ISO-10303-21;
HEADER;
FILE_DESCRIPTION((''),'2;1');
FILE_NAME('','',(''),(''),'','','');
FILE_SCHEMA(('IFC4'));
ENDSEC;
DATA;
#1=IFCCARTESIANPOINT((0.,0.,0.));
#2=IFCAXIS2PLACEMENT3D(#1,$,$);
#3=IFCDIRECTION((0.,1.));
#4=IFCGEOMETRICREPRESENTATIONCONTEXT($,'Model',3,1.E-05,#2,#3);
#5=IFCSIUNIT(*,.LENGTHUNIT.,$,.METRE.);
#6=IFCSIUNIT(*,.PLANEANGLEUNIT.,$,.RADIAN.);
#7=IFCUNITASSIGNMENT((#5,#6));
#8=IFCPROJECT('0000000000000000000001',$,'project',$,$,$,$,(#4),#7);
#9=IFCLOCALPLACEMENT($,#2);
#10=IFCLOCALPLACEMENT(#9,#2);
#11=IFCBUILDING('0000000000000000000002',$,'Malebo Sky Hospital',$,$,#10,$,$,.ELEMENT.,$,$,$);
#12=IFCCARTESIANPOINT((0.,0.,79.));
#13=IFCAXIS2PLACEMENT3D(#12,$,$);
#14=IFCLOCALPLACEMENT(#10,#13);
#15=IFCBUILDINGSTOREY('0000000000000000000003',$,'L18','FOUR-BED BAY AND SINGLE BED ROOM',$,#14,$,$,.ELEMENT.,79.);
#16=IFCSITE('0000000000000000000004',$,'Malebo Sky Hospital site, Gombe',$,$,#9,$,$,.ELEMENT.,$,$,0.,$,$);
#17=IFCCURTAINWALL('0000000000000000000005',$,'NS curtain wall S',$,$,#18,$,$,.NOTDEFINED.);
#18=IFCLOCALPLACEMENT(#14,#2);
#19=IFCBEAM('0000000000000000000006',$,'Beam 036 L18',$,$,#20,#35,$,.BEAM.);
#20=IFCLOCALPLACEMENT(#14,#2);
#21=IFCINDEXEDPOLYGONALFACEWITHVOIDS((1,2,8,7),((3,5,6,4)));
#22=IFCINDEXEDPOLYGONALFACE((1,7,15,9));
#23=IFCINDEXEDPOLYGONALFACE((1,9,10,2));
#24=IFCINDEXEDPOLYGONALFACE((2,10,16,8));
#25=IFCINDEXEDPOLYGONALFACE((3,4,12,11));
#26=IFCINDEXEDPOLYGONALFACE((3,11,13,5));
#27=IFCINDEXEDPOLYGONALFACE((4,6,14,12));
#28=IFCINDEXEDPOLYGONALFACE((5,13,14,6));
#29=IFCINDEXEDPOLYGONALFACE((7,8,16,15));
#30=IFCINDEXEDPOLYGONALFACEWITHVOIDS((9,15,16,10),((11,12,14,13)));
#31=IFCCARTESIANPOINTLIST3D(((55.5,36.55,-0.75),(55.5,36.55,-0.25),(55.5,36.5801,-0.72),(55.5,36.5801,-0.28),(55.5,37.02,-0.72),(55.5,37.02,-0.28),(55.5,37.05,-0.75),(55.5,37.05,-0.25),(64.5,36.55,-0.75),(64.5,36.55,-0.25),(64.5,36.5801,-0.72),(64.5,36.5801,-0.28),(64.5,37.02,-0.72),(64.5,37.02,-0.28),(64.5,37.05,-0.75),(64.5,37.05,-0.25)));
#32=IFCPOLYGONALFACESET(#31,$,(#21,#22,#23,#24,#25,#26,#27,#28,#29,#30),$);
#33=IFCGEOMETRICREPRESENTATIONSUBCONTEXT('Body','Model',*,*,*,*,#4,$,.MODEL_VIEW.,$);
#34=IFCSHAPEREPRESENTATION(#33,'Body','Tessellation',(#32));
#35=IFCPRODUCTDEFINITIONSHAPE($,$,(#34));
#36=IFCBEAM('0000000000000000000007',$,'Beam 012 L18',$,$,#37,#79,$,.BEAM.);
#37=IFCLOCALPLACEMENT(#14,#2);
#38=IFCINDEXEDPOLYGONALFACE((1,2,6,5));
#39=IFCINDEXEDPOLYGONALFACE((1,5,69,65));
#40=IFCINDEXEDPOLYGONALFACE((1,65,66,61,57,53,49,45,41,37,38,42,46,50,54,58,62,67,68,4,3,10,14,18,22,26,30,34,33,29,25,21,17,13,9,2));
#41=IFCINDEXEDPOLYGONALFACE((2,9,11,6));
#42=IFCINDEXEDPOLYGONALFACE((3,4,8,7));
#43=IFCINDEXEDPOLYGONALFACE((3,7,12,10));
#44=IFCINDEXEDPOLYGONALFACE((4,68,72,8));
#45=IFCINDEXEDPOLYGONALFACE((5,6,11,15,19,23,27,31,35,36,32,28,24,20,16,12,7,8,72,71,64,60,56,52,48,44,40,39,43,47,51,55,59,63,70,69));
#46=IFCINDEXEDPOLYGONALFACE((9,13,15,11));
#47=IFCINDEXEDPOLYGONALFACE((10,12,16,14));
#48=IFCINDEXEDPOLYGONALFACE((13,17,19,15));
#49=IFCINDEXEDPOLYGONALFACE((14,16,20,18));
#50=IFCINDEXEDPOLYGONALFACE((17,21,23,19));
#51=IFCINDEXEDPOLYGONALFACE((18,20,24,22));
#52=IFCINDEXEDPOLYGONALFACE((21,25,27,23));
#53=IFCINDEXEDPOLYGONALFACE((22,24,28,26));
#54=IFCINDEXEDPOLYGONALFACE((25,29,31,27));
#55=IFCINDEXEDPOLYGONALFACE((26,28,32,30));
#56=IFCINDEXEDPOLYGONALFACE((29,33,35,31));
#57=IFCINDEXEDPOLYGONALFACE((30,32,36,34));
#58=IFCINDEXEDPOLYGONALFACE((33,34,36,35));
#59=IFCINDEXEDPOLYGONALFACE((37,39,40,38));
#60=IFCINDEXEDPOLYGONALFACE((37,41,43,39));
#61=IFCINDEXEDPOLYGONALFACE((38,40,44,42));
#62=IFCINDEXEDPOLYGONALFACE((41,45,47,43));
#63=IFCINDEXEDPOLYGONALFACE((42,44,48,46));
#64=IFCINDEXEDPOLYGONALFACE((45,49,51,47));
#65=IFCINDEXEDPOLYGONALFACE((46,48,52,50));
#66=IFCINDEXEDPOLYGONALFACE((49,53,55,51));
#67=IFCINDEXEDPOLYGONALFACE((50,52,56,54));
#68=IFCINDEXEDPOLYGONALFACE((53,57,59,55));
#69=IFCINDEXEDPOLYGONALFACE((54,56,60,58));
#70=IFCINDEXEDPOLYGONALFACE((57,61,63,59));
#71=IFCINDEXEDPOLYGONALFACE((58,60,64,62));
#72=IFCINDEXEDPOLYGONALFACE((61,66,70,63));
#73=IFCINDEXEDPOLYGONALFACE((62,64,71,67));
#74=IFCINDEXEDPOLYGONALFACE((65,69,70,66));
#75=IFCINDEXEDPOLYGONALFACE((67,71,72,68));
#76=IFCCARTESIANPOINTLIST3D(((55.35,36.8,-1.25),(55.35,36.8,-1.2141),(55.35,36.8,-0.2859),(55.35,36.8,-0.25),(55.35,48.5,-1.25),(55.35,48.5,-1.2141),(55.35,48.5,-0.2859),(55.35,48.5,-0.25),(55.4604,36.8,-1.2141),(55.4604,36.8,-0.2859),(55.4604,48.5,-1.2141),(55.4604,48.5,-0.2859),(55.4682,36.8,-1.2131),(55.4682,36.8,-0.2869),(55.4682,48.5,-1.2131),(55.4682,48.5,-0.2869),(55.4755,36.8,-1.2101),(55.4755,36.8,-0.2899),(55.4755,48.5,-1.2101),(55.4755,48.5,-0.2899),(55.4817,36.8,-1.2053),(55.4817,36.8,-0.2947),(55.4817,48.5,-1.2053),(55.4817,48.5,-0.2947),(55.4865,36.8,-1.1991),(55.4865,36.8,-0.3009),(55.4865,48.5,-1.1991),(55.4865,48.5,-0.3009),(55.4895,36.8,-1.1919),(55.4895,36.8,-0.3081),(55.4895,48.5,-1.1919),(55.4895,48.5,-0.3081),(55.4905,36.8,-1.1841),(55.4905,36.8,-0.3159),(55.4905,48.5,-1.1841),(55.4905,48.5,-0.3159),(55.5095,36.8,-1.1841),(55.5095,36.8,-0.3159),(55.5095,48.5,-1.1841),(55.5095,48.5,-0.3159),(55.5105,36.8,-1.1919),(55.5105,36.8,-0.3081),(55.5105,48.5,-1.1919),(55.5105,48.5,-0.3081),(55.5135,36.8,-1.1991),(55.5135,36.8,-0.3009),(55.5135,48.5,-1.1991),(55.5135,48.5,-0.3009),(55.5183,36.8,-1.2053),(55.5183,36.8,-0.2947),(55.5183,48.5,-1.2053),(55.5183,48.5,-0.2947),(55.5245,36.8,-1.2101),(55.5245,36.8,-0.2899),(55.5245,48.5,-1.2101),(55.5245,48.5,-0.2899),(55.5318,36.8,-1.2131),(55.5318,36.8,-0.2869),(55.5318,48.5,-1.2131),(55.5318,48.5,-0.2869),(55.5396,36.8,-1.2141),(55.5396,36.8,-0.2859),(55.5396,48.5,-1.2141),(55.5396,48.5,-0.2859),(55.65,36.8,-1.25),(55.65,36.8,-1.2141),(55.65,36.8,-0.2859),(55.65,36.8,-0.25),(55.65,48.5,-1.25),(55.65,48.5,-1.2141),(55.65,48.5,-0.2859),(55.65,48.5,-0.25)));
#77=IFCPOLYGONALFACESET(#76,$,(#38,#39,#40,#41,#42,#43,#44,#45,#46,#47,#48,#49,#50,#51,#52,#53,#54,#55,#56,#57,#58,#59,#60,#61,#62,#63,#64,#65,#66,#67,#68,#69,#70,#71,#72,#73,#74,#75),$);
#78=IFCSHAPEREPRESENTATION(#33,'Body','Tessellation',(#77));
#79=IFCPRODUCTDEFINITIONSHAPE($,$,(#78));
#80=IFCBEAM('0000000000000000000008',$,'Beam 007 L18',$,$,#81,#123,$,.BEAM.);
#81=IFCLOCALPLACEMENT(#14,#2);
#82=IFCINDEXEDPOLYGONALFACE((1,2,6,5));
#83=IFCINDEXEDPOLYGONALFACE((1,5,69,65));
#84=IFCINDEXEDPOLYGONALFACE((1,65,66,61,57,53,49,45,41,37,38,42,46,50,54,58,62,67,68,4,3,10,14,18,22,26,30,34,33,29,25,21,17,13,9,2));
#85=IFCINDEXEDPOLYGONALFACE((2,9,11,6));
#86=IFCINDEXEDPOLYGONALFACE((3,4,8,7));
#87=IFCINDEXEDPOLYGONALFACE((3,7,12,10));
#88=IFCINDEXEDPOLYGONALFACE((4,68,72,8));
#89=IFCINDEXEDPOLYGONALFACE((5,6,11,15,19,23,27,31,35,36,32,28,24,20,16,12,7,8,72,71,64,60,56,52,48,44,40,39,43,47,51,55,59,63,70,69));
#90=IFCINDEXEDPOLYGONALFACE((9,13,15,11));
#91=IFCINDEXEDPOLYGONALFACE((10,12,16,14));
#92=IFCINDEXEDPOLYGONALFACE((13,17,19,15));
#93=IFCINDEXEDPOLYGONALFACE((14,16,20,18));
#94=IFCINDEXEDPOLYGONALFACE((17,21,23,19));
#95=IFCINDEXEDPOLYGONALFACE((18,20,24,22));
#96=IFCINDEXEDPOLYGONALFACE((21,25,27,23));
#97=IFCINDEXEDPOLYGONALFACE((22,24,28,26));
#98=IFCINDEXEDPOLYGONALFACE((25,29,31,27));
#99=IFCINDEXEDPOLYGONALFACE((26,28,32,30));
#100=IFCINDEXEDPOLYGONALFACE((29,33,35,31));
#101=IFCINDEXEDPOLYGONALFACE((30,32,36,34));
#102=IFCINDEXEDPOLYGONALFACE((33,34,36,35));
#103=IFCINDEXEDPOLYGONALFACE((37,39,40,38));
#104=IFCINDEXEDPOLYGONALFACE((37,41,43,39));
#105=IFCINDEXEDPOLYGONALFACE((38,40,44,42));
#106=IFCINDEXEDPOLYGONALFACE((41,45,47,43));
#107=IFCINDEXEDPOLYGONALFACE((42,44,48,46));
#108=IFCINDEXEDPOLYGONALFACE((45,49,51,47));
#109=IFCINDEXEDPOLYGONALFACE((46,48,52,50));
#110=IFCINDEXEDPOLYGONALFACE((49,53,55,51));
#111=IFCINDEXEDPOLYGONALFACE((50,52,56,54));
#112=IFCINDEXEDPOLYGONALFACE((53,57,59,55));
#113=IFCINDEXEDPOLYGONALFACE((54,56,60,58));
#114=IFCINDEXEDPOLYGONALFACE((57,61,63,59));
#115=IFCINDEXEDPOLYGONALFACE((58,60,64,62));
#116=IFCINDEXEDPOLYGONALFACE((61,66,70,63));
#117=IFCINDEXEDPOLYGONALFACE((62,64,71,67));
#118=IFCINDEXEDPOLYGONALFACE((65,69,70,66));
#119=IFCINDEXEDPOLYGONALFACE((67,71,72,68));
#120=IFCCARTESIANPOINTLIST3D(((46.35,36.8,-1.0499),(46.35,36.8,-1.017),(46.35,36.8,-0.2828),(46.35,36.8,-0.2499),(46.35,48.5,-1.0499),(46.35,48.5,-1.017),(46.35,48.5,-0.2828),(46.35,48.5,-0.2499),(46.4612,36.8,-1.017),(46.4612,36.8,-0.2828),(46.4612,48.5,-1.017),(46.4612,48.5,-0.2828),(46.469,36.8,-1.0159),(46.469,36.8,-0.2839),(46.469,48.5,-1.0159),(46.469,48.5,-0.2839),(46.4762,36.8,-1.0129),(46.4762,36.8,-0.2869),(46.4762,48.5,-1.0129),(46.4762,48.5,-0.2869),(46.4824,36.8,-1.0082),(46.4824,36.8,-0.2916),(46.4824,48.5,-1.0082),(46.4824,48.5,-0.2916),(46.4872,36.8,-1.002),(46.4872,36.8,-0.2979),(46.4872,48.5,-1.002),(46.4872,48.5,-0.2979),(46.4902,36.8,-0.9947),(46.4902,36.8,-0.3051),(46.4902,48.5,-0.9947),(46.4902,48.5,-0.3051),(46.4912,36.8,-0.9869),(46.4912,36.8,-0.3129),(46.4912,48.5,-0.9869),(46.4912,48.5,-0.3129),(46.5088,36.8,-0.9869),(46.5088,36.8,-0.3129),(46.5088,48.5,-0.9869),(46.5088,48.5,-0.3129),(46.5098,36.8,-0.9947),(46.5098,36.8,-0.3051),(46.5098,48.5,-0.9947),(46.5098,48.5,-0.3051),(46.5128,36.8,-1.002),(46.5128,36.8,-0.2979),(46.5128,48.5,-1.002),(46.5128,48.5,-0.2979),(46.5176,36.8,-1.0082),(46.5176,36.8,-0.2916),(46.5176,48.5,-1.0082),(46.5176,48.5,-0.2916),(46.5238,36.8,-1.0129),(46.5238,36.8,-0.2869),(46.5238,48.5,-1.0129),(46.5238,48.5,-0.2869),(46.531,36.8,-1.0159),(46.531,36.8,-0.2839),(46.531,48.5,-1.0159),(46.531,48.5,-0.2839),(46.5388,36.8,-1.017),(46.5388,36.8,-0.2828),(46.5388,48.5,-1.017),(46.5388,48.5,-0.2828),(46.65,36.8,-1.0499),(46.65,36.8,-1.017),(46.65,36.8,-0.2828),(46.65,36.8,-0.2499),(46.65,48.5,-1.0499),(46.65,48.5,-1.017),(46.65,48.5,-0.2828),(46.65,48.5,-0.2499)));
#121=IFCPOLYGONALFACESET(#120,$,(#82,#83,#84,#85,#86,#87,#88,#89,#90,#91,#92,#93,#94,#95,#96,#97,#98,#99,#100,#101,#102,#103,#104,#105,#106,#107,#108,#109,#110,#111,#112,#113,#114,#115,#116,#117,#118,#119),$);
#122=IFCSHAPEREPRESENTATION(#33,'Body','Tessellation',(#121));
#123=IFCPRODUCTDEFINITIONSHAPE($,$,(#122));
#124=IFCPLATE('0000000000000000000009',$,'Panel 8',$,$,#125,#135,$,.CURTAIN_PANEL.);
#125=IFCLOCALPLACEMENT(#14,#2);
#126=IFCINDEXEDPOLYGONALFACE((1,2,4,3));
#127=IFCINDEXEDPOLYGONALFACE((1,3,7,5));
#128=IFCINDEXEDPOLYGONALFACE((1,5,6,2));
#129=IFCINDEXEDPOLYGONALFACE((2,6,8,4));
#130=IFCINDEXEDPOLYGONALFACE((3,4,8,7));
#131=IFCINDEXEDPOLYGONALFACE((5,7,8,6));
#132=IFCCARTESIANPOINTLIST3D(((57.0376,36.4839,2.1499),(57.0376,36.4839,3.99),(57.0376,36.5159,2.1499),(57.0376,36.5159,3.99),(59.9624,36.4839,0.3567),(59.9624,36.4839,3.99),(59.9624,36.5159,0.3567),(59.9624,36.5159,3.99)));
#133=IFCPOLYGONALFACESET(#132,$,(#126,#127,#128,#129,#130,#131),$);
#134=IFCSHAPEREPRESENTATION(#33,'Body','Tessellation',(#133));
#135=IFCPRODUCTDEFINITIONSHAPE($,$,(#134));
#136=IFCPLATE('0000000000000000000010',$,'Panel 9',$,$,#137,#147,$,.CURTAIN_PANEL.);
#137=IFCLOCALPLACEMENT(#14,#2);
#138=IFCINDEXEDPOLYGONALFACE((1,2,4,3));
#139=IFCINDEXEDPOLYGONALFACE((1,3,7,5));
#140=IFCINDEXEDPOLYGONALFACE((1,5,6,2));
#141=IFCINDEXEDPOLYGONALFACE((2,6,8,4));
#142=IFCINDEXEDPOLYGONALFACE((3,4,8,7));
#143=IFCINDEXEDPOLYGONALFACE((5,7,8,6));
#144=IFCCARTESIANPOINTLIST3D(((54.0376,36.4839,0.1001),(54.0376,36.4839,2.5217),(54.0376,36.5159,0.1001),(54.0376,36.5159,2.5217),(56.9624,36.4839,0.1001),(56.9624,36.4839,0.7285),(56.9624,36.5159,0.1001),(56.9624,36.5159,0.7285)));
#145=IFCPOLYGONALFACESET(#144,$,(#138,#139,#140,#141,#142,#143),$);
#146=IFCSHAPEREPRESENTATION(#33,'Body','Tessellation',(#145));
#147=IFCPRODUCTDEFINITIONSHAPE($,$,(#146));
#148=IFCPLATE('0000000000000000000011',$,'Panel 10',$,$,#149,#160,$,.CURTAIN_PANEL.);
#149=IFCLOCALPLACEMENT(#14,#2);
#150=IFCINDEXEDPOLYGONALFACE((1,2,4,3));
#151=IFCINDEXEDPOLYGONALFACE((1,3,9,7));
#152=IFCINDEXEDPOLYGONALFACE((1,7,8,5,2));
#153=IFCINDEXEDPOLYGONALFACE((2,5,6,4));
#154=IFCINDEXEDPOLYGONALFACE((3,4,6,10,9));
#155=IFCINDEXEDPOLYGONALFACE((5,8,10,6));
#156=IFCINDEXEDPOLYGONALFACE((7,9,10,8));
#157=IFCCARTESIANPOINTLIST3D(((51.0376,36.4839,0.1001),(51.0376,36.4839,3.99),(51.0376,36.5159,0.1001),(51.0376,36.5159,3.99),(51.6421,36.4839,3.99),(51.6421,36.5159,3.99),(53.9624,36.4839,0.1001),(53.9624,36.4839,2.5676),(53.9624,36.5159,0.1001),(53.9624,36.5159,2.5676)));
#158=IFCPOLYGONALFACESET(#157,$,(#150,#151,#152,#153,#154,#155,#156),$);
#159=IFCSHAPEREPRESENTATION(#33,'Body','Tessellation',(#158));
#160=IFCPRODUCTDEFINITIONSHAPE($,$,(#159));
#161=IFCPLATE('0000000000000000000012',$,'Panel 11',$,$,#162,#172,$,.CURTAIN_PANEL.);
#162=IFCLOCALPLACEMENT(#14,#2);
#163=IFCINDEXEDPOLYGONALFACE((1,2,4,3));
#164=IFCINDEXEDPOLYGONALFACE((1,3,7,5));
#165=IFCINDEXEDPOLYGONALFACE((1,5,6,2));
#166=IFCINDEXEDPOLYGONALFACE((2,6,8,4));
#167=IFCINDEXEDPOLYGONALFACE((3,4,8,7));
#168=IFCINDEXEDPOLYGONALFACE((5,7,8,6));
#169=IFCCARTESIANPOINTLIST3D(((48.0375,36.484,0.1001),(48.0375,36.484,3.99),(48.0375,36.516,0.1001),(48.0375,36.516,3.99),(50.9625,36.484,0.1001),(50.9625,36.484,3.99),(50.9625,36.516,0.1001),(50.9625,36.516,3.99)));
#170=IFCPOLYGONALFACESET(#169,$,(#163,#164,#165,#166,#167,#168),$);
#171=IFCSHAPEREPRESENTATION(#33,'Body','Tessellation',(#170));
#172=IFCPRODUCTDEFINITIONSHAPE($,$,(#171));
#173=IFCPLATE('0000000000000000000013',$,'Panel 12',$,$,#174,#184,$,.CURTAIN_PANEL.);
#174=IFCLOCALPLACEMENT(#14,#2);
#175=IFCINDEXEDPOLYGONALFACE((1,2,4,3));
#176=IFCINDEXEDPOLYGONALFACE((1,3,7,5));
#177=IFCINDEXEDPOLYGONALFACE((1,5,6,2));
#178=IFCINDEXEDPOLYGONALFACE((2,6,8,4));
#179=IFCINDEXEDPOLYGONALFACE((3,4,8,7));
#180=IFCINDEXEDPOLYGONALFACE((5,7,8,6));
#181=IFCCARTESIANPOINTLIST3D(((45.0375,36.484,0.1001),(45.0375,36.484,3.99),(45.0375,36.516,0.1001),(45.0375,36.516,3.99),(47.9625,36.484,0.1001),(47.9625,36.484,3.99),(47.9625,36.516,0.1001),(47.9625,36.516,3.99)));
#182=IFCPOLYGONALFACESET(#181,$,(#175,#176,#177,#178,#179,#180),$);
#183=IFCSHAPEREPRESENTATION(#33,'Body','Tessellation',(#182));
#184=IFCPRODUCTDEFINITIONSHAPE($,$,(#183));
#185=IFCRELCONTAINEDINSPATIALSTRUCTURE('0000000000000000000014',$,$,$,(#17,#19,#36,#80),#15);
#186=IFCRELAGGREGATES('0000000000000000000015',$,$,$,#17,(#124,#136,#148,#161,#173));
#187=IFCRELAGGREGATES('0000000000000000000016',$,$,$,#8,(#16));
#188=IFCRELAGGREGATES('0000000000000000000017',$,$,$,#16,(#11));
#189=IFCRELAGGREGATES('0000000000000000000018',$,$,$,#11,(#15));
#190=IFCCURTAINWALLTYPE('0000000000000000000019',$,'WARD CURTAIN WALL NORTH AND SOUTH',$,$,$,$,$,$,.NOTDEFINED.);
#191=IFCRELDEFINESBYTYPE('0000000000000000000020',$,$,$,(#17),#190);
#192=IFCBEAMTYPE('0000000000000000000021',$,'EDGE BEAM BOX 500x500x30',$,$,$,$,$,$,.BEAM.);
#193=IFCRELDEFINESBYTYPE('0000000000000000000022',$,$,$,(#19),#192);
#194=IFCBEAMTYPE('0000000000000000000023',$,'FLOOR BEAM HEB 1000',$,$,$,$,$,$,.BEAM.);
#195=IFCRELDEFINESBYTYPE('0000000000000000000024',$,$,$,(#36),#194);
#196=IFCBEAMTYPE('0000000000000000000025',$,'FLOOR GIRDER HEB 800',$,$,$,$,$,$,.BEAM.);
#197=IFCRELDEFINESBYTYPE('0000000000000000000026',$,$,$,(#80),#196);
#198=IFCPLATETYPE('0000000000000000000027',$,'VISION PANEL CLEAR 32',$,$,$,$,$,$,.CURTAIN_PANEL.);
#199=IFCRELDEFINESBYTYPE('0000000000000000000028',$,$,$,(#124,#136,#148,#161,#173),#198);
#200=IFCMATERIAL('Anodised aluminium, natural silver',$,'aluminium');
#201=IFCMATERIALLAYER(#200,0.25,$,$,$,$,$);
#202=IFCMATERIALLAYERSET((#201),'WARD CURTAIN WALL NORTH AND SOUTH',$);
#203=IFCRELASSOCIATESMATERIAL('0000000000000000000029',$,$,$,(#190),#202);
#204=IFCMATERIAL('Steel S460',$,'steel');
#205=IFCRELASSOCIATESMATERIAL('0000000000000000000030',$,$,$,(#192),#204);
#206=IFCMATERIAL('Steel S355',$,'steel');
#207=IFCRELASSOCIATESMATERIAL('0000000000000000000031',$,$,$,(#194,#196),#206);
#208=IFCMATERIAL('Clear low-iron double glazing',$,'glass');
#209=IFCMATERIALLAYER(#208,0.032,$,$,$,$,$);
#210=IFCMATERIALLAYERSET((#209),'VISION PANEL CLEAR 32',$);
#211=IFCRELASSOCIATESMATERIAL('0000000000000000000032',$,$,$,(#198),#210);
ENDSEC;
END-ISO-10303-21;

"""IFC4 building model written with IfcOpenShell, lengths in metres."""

from ifc_helpers import new_model, si_unit, direction, frame, origin, origin_2d, place, context, subcontext, project, spatial, polyline, rectangle, hollow_rectangle, i_section, outline, extrude, material, layer, layer_set, material_profile, profile_set, type_object, element, aggregate, save


model = new_model("IFC4")

# Units and contexts
model_context = context("Model", 3, precision=1e-05, world=origin(), true_north=direction((0.0, 1.0)))
body_context = subcontext(model_context, "Body", "Model", "MODEL_VIEW")
ifc_project = project(units=[si_unit("LENGTHUNIT", "METRE"), si_unit("PLANEANGLEUNIT", "RADIAN")], contexts=[model_context])

# Site, building, storey
site_placement = place(None, origin())
site = spatial("IfcSite", under=ifc_project, at=site_placement, Name="Malebo Sky Hospital site, Gombe", CompositionType="ELEMENT", RefElevation=0.0)
building_placement = place(site_placement, origin())
building = spatial("IfcBuilding", under=site, at=building_placement, Name="Malebo Sky Hospital", CompositionType="ELEMENT")
storey_placement = place(building_placement, frame((0.0, 0.0, 79.0)))
storey = spatial("IfcBuildingStorey", under=building, at=storey_placement, Name="L18", Description="FOUR-BED BAY AND SINGLE BED ROOM", CompositionType="ELEMENT", Elevation=79.0)

# Shared definitions
ifc_material_1 = material(Name="Steel S460", Category="steel")

# Curtain wall
ifc_material_2 = material(Name="Anodised aluminium, natural silver", Category="aluminium")
ifc_layer_1 = layer(ifc_material_2, 0.25)
ifc_layer_set_1 = layer_set([ifc_layer_1], Name="WARD CURTAIN WALL NORTH AND SOUTH")
curtain_wall_type = type_object("IfcCurtainWallType", Name="WARD CURTAIN WALL NORTH AND SOUTH", PredefinedType="NOTDEFINED", material=ifc_layer_set_1)
curtain_wall_placement = place(storey_placement, origin())
curtain_wall = element("IfcCurtainWall", 1, at=curtain_wall_placement, inside=storey, type_object=curtain_wall_type, Name="NS curtain wall S", PredefinedType="NOTDEFINED")

# Beams
ifc_material_profile_1 = material_profile(ifc_material_1, hollow_rectangle(XDim=0.5, YDim=0.5, WallThickness=0.03, at=origin_2d()), Name="BOX 500x500x30")
ifc_profile_set_1 = profile_set([ifc_material_profile_1], Name="Steel S460")
beam_type_1 = type_object("IfcBeamType", Name="EDGE BEAM BOX 500x500x30", PredefinedType="BEAM", material=ifc_profile_set_1)
for number, where, z_axis, x_axis, name in (
    (2, (55.5, 36.8, -0.5), (1.0, 0.0, 0.0), (0.0, 1.0, 0.0), "Beam 036 L18"),
):
    element("IfcBeam", number, at=place(storey_placement, frame(where, z_axis=z_axis, x_axis=x_axis)), inside=storey, type_object=beam_type_1, Name=name, PredefinedType="BEAM", context=body_context, shape_type="SweptSolid", body=[
        extrude(hollow_rectangle(XDim=0.5, YDim=0.5, WallThickness=0.03, at=origin_2d()), origin(), (0.0, 0.0, 1.0), 9.0),
    ])
ifc_material_3 = material(Name="Steel S355", Category="steel")
ifc_material_profile_2 = material_profile(ifc_material_3, i_section(OverallWidth=0.3, OverallDepth=1.0, WebThickness=0.019, FlangeThickness=0.0359, FilletRadius=0.03, at=origin_2d()), Name="HEB 1000")
ifc_profile_set_2 = profile_set([ifc_material_profile_2], Name="Steel S355")
beam_type_2 = type_object("IfcBeamType", Name="FLOOR BEAM HEB 1000", PredefinedType="BEAM", material=ifc_profile_set_2)
beam_1_placement = place(storey_placement, frame((55.5, 36.8, -0.75), z_axis=(0.0, 1.0, 0.0), x_axis=(-1.0, 0.0, 0.0)))
element("IfcBeam", 3, at=beam_1_placement, inside=storey, type_object=beam_type_2, Name="Beam 012 L18", PredefinedType="BEAM", context=body_context, shape_type="SweptSolid", body=[
    extrude(i_section(OverallWidth=0.3, OverallDepth=1.0, WebThickness=0.019, FlangeThickness=0.0359, FilletRadius=0.03, at=origin_2d()), origin(), (0.0, 0.0, 1.0), 11.7),
])
ifc_material_profile_3 = material_profile(ifc_material_3, i_section(OverallWidth=0.3, OverallDepth=0.8, WebThickness=0.0176, FlangeThickness=0.033, FilletRadius=0.03, at=origin_2d()), Name="HEB 800")
ifc_profile_set_3 = profile_set([ifc_material_profile_3], Name="Steel S355")
beam_type_3 = type_object("IfcBeamType", Name="FLOOR GIRDER HEB 800", PredefinedType="BEAM", material=ifc_profile_set_3)
beam_2_placement = place(storey_placement, frame((46.5, 36.8, -0.6499), z_axis=(0.0, 1.0, 0.0), x_axis=(-1.0, 0.0, 0.0)))
element("IfcBeam", 4, at=beam_2_placement, inside=storey, type_object=beam_type_3, Name="Beam 007 L18", PredefinedType="BEAM", context=body_context, shape_type="SweptSolid", body=[
    extrude(i_section(OverallWidth=0.3, OverallDepth=0.8, WebThickness=0.0176, FlangeThickness=0.033, FilletRadius=0.03, at=origin_2d()), origin(), (0.0, 0.0, 1.0), 11.7),
])

# Plates
ifc_material_4 = material(Name="Clear low-iron double glazing", Category="glass")
ifc_layer_2 = layer(ifc_material_4, 0.032)
ifc_layer_set_2 = layer_set([ifc_layer_2], Name="VISION PANEL CLEAR 32")
plate_type = type_object("IfcPlateType", Name="VISION PANEL CLEAR 32", PredefinedType="CURTAIN_PANEL", material=ifc_layer_set_2)
plate_1_placement = place(storey_placement, frame((58.5, 36.5, 0.3567), z_axis=(0.0, 0.0, 1.0), x_axis=(-1.0, 0.0, 0.0)))
plate_1 = element("IfcPlate", 5, at=plate_1_placement, type_object=plate_type, Name="Panel 8", PredefinedType="CURTAIN_PANEL", context=body_context, shape_type="SweptSolid", body=[
    extrude(outline(polyline([(-1.4624, 0.0), (1.4624, 1.7932), (1.4624, 3.6333), (-1.4624, 3.6333), (-1.4624, 0.0)])), frame((0.0, 0.0161, 0.0), z_axis=(0.0, -1.0, 0.0), x_axis=(1.0, 0.0, 0.0)), (0.0, 0.0, 1.0), 0.032),
])
plate_2_placement = place(storey_placement, frame((55.5, 36.5, 0.1001), z_axis=(0.0, 0.0, 1.0), x_axis=(-1.0, 0.0, 0.0)))
plate_2 = element("IfcPlate", 6, at=plate_2_placement, type_object=plate_type, Name="Panel 9", PredefinedType="CURTAIN_PANEL", context=body_context, shape_type="SweptSolid", body=[
    extrude(outline(polyline([(-1.4624, 0.0), (1.4624, 0.0), (1.4624, 2.4216), (-1.4624, 0.6284), (-1.4624, 0.0)])), frame((0.0, 0.0161, 0.0), z_axis=(0.0, -1.0, 0.0), x_axis=(1.0, 0.0, 0.0)), (0.0, 0.0, 1.0), 0.032),
])
plate_3_placement = place(storey_placement, frame((52.5, 36.5, 0.1001), z_axis=(0.0, 0.0, 1.0), x_axis=(-1.0, 0.0, 0.0)))
plate_3 = element("IfcPlate", 7, at=plate_3_placement, type_object=plate_type, Name="Panel 10", PredefinedType="CURTAIN_PANEL", context=body_context, shape_type="SweptSolid", body=[
    extrude(outline(polyline([(-1.4624, 0.0), (1.4624, 0.0), (1.4624, 3.8899), (0.8579, 3.8899), (-1.4624, 2.4675), (-1.4624, 0.0)])), frame((0.0, 0.0161, 0.0), z_axis=(0.0, -1.0, 0.0), x_axis=(1.0, 0.0, 0.0)), (0.0, 0.0, 1.0), 0.032),
])
plate_4_placement = place(storey_placement, frame((49.5, 36.5, 0.1001), z_axis=(0.0, 0.0, 1.0), x_axis=(-1.0, 0.0, 0.0)))
plate_4 = element("IfcPlate", 8, at=plate_4_placement, type_object=plate_type, Name="Panel 11", PredefinedType="CURTAIN_PANEL", context=body_context, shape_type="SweptSolid", body=[
    extrude(rectangle(XDim=2.925, YDim=0.032, at=origin_2d()), origin(), (0.0, 0.0, 1.0), 3.8899),
])
plate_5_placement = place(storey_placement, frame((46.5, 36.5, 0.1001), z_axis=(0.0, 0.0, 1.0), x_axis=(-1.0, 0.0, 0.0)))
plate_5 = element("IfcPlate", 9, at=plate_5_placement, type_object=plate_type, Name="Panel 12", PredefinedType="CURTAIN_PANEL", context=body_context, shape_type="SweptSolid", body=[
    extrude(rectangle(XDim=2.925, YDim=0.032, at=origin_2d()), origin(), (0.0, 0.0, 1.0), 3.8899),
])
aggregate(curtain_wall, [plate_1, plate_2, plate_3, plate_4, plate_5])

save(model, "model.ifc")
